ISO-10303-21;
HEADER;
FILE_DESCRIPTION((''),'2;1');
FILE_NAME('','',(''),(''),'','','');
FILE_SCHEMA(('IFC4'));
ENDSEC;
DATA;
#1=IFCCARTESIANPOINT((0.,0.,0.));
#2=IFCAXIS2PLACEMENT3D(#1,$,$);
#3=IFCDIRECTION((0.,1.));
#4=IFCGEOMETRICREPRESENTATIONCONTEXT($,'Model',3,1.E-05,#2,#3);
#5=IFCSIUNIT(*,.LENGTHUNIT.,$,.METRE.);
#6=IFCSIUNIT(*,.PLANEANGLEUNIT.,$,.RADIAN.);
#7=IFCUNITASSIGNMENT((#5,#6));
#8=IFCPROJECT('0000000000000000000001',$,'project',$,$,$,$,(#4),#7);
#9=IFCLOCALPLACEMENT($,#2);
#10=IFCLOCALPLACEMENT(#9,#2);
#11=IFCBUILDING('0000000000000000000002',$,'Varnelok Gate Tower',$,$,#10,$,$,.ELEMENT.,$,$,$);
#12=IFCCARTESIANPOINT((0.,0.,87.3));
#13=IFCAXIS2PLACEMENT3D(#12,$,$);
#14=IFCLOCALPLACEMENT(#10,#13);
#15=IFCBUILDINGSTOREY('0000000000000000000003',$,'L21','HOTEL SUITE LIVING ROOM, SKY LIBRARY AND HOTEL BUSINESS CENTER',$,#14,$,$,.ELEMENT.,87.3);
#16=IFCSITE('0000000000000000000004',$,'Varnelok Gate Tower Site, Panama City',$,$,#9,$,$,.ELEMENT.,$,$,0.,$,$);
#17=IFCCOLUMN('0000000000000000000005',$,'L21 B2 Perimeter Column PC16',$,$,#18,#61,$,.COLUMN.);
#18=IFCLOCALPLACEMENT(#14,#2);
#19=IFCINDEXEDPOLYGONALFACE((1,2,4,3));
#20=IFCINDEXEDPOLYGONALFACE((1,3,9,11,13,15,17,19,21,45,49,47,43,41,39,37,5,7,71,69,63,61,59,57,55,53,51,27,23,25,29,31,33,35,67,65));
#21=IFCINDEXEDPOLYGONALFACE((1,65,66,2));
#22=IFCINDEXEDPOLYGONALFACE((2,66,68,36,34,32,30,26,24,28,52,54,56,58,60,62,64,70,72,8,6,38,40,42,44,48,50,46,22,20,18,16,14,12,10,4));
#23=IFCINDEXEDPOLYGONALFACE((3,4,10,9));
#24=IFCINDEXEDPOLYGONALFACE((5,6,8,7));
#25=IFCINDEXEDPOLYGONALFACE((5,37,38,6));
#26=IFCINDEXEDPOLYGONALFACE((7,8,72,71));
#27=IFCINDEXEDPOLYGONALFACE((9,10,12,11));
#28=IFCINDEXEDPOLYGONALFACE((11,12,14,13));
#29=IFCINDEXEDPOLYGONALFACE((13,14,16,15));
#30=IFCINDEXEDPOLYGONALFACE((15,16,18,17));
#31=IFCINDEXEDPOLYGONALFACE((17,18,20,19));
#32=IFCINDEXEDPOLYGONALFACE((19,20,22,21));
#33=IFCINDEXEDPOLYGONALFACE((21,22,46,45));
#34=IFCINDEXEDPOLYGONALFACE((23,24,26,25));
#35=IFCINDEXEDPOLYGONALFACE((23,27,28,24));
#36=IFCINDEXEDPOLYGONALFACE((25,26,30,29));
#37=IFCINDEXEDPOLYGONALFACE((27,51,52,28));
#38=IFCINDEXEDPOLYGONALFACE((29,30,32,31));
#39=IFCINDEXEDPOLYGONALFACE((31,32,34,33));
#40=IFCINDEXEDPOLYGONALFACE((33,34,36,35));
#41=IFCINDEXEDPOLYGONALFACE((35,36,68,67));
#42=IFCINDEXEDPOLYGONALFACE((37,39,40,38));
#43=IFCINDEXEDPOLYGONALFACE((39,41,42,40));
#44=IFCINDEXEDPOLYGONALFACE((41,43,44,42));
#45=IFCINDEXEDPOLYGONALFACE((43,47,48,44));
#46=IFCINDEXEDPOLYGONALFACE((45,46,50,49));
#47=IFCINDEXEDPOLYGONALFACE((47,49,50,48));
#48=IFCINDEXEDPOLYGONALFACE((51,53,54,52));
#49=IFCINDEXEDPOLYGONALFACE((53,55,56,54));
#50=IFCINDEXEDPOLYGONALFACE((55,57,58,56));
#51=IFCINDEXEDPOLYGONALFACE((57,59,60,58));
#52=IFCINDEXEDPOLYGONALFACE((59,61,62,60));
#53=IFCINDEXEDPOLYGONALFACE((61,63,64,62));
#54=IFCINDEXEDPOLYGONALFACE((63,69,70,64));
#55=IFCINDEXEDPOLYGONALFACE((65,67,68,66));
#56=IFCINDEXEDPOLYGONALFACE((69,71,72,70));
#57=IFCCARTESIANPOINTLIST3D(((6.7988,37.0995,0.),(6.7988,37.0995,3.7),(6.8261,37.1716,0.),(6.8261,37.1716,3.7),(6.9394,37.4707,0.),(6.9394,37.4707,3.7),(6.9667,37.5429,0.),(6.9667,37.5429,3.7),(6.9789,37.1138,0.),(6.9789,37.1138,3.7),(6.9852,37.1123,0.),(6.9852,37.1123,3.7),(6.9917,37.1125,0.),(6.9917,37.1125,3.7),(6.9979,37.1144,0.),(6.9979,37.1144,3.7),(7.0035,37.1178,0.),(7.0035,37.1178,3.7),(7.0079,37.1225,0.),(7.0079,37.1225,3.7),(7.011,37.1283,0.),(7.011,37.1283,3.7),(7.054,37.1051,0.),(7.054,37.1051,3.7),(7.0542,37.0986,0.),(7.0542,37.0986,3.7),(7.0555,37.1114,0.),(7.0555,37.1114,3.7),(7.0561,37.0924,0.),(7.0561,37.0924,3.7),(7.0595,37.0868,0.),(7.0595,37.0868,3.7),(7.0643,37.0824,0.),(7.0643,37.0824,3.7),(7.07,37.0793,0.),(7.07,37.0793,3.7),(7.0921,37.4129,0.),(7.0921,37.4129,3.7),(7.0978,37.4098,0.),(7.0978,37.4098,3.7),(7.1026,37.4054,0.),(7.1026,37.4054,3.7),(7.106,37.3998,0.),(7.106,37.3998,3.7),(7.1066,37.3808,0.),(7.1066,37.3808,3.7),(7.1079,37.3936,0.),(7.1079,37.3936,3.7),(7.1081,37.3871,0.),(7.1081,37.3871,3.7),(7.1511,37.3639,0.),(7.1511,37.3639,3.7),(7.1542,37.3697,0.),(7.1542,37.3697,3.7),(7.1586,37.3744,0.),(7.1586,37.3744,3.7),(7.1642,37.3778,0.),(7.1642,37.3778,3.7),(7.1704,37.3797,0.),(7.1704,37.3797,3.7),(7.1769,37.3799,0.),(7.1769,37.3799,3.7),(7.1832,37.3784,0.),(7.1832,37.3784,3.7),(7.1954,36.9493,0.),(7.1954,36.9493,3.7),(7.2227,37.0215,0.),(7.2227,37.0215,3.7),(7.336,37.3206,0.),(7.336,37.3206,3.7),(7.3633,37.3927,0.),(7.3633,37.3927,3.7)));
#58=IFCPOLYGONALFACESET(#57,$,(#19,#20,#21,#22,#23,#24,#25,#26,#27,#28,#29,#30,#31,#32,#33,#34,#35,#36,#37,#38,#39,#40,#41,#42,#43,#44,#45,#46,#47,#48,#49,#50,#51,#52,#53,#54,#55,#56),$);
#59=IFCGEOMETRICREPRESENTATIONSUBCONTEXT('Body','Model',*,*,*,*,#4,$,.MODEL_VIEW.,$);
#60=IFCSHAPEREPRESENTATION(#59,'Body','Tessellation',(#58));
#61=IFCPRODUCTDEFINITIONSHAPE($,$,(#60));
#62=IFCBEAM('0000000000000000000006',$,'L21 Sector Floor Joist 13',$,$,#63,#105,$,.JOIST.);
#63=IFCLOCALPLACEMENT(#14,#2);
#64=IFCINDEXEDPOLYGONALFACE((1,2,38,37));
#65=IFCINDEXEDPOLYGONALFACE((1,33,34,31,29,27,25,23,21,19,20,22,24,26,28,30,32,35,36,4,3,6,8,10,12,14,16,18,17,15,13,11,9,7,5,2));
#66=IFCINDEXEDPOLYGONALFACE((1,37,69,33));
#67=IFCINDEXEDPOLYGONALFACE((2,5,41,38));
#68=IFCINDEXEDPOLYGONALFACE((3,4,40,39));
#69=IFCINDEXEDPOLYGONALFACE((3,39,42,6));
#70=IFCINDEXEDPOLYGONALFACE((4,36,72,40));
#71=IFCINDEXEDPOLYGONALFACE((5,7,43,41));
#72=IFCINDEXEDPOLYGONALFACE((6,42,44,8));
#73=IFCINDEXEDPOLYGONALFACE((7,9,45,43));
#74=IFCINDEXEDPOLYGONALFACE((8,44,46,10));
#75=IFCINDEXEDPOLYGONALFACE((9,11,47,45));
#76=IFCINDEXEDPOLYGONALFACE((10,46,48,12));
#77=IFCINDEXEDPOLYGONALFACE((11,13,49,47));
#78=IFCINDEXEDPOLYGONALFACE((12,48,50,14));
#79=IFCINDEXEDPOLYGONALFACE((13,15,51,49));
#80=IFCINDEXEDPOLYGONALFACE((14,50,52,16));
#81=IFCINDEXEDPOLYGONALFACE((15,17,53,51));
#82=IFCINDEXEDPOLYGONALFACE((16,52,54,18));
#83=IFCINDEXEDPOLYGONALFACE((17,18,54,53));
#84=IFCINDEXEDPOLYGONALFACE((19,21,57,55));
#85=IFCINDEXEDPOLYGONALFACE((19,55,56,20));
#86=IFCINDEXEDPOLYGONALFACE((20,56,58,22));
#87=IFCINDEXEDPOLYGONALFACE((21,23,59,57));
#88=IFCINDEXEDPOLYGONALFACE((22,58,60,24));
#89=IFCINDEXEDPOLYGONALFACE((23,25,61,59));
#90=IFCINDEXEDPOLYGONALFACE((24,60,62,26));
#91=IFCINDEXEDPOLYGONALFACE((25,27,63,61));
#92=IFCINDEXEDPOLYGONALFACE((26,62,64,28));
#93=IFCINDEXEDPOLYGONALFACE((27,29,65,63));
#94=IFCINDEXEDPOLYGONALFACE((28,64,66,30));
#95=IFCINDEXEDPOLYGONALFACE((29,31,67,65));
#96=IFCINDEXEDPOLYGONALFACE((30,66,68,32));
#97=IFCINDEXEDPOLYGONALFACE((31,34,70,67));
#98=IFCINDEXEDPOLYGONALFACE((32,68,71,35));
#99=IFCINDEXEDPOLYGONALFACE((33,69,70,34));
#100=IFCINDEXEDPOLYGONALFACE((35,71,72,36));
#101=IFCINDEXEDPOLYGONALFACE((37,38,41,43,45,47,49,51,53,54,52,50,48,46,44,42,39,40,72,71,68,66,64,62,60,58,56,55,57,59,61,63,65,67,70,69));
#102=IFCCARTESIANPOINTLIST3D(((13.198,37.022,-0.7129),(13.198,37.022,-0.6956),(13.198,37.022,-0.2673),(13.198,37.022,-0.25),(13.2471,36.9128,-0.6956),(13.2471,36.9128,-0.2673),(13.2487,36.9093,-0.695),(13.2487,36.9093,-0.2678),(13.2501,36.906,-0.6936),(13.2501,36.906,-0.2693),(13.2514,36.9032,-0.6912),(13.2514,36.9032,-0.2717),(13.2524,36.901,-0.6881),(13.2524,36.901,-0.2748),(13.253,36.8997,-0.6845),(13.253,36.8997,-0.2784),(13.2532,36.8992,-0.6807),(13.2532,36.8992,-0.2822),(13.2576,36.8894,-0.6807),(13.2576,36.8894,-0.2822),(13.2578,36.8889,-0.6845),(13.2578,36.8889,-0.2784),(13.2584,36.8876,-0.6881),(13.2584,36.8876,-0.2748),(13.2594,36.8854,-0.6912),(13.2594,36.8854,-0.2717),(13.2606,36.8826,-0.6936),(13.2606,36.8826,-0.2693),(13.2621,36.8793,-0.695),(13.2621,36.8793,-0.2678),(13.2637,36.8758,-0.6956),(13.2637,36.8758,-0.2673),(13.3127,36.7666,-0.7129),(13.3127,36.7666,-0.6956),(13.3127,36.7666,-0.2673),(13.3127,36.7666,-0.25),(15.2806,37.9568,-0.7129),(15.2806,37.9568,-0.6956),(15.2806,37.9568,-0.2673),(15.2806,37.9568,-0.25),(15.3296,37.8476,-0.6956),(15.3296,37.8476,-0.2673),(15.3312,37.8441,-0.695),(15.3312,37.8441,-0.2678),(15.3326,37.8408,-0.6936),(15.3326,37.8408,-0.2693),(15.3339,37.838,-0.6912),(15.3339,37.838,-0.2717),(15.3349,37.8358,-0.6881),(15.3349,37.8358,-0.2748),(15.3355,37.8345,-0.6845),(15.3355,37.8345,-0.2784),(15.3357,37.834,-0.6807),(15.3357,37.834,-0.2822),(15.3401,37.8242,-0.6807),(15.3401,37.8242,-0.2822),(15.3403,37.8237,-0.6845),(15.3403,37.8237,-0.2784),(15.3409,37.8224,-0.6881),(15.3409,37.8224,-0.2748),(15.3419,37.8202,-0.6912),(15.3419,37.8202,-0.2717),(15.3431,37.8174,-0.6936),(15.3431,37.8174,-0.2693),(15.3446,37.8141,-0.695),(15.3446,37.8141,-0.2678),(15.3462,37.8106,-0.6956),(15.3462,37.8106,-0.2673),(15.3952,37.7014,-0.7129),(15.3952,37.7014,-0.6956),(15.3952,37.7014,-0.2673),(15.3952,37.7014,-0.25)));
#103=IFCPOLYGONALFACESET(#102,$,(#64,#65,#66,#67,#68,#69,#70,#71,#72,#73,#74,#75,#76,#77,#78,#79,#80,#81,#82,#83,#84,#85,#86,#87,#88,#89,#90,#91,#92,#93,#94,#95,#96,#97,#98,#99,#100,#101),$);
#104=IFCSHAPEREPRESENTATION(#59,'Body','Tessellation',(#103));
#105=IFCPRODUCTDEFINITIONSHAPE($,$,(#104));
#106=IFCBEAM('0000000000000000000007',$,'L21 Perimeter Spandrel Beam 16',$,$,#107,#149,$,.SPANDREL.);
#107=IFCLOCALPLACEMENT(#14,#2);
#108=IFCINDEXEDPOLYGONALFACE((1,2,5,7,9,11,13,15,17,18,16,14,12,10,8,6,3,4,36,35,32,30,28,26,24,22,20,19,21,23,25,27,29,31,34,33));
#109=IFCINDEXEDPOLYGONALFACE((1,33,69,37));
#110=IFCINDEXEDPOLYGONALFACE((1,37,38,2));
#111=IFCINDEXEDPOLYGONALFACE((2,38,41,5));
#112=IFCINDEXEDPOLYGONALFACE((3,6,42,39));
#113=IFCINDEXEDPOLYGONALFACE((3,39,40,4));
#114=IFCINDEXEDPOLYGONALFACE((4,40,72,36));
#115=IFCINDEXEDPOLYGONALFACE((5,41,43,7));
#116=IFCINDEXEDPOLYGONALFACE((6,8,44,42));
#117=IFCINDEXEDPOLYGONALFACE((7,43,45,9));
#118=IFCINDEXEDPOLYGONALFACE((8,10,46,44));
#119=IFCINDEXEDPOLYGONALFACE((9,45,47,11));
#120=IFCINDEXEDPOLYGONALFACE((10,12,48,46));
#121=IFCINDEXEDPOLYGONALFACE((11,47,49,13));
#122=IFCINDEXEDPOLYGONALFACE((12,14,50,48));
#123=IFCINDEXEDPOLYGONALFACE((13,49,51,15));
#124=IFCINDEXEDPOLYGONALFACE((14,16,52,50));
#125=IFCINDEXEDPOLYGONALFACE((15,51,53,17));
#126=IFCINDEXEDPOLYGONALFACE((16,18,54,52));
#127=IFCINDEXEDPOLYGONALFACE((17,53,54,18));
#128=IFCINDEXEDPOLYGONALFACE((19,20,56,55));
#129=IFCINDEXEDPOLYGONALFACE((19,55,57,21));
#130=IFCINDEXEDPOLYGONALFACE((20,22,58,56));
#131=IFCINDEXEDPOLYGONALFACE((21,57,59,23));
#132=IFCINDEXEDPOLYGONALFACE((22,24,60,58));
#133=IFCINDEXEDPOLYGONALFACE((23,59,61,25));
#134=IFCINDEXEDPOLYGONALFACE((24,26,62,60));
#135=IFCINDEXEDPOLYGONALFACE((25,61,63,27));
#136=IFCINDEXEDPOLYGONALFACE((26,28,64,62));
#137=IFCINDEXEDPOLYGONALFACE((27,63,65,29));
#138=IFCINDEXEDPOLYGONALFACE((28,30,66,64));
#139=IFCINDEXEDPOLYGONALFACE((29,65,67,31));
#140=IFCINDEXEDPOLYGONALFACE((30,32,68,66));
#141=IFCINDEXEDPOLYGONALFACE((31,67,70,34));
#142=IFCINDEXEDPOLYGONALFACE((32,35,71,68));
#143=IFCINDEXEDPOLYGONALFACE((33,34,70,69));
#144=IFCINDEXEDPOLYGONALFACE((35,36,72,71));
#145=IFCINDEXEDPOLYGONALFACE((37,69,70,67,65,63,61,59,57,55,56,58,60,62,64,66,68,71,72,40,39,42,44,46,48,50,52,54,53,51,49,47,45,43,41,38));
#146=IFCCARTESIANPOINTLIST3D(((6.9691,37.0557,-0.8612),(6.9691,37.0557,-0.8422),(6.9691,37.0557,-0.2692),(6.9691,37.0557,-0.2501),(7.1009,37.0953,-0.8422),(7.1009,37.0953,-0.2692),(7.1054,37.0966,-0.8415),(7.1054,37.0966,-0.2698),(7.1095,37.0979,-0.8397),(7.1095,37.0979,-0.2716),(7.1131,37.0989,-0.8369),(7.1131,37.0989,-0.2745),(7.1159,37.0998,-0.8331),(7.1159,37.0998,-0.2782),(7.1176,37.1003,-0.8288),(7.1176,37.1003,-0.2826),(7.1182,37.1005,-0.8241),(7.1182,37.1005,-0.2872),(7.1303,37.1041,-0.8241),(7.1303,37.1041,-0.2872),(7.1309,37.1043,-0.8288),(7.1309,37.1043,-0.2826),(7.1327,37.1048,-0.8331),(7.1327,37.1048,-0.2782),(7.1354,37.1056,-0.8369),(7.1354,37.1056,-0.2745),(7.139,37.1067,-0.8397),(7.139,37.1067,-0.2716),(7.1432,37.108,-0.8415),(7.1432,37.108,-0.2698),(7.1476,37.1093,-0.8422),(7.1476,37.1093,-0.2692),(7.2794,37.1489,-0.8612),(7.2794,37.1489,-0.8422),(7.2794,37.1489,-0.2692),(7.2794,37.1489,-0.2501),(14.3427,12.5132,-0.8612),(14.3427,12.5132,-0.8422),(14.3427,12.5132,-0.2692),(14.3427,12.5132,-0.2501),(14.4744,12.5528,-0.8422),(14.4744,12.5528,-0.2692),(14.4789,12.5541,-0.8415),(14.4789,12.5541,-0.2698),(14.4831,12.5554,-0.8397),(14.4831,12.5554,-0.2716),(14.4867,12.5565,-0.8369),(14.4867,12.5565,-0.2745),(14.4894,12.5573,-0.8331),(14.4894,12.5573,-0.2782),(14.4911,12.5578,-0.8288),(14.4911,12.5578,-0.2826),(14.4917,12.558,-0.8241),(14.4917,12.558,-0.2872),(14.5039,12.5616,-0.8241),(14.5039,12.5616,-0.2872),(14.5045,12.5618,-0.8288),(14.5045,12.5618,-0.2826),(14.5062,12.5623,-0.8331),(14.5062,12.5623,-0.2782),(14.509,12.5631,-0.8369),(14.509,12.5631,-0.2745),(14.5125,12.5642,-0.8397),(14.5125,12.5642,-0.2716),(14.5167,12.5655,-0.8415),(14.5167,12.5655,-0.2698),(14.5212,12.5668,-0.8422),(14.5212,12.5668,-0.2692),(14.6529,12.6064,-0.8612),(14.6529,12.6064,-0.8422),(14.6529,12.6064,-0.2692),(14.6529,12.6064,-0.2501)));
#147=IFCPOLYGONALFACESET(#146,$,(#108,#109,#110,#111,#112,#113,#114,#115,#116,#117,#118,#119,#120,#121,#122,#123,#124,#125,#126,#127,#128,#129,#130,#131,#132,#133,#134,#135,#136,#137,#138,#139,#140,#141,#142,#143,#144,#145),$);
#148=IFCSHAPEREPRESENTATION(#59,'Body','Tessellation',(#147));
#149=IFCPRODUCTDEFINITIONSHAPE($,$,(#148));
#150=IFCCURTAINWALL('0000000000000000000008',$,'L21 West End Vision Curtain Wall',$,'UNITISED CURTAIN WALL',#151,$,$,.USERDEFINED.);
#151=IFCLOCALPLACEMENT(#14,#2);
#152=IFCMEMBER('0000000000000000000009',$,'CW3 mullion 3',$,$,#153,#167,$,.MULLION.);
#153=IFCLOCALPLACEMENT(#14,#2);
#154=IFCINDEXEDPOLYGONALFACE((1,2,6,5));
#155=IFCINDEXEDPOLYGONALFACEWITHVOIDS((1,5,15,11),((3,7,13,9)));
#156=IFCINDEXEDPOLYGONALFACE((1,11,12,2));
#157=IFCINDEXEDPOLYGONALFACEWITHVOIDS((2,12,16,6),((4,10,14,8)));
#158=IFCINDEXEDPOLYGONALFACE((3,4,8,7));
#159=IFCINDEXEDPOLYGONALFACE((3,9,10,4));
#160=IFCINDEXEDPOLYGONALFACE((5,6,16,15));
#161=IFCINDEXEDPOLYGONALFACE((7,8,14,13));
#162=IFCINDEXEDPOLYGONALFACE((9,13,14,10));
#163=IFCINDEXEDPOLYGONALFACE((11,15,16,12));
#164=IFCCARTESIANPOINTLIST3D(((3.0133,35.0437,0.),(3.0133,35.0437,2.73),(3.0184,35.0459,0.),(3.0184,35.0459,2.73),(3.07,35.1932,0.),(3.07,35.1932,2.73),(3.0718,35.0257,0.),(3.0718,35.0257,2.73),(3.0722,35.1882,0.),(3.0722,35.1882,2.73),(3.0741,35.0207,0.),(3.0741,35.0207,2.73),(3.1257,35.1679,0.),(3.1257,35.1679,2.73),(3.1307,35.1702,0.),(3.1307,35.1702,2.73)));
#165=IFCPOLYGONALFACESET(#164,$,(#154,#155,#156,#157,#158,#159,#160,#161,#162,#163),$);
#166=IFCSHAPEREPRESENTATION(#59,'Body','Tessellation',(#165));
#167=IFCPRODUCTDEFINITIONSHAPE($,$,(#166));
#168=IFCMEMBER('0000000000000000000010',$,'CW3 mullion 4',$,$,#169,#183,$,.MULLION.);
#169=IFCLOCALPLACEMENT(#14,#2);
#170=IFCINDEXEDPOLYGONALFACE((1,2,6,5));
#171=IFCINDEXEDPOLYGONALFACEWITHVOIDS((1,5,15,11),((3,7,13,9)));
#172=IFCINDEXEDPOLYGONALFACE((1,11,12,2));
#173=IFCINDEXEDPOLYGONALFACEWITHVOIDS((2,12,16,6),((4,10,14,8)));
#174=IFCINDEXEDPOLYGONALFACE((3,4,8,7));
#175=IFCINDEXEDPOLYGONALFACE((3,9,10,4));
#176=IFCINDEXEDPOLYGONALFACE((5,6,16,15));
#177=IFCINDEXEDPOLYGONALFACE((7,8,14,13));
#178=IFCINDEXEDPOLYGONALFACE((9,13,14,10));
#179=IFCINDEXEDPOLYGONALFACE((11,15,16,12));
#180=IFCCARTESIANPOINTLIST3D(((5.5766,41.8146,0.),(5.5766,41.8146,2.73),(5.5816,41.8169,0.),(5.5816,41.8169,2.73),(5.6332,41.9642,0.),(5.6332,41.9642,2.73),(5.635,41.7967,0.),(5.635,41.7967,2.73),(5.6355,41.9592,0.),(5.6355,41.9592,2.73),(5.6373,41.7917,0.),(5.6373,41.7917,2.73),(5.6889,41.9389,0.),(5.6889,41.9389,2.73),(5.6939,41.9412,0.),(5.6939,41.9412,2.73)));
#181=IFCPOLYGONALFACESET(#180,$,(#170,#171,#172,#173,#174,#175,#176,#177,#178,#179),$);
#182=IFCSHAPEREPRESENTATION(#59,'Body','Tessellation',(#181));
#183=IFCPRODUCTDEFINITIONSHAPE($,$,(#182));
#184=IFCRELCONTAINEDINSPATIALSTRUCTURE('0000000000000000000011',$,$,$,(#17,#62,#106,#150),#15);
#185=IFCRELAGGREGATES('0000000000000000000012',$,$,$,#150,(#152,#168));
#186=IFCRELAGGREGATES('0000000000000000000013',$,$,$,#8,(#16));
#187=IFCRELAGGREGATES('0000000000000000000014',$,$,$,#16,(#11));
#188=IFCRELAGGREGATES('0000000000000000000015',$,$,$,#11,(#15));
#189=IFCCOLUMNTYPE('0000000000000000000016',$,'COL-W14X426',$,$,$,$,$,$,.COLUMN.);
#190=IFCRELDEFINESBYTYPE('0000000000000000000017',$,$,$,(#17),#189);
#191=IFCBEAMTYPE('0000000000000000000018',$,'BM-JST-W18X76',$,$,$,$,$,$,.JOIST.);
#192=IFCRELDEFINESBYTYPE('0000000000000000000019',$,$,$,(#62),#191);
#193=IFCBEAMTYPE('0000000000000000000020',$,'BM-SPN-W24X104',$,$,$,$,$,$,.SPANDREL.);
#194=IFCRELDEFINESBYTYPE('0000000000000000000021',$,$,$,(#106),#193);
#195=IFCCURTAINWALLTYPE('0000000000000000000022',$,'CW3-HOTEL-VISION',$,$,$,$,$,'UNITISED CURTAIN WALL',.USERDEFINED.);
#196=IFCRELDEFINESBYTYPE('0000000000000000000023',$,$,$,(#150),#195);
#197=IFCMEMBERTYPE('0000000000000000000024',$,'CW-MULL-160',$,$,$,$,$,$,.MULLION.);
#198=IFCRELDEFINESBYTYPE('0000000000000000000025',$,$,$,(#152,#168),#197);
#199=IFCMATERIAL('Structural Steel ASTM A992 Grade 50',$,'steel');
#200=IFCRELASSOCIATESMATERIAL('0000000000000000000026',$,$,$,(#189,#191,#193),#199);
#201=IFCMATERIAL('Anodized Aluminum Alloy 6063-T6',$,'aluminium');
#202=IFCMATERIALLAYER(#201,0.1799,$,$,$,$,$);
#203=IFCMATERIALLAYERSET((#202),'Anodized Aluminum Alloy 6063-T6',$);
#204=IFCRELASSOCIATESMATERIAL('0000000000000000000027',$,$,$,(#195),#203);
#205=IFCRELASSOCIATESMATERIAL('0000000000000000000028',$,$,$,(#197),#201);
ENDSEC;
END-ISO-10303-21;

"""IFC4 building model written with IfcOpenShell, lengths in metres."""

from ifc_helpers import new_model, si_unit, direction, frame, origin, origin_2d, place, context, subcontext, project, spatial, hollow_rectangle, i_section, extrude, material, layer, layer_set, material_profile, profile_set, type_object, element, aggregate, save


model = new_model("IFC4")

# Units and contexts
model_context = context("Model", 3, precision=1e-05, world=origin(), true_north=direction((0.0, 1.0)))
body_context = subcontext(model_context, "Body", "Model", "MODEL_VIEW")
ifc_project = project(units=[si_unit("LENGTHUNIT", "METRE"), si_unit("PLANEANGLEUNIT", "RADIAN")], contexts=[model_context])

# Site, building, storey
site_placement = place(None, origin())
site = spatial("IfcSite", under=ifc_project, at=site_placement, Name="Varnelok Gate Tower Site, Panama City", CompositionType="ELEMENT", RefElevation=0.0)
building_placement = place(site_placement, origin())
building = spatial("IfcBuilding", under=site, at=building_placement, Name="Varnelok Gate Tower", CompositionType="ELEMENT")
storey_placement = place(building_placement, frame((0.0, 0.0, 87.3)))
storey = spatial("IfcBuildingStorey", under=building, at=storey_placement, Name="L21", Description="HOTEL SUITE LIVING ROOM, SKY LIBRARY AND HOTEL BUSINESS CENTER", CompositionType="ELEMENT", Elevation=87.3)

# Column
ifc_material_1 = material(Name="Structural Steel ASTM A992 Grade 50", Category="steel")
ifc_material_profile_1 = material_profile(ifc_material_1, i_section(OverallWidth=0.4241, OverallDepth=0.4741, WebThickness=0.0476, FlangeThickness=0.0771, FilletRadius=0.0249, at=origin_2d()), Name="W14X426")
ifc_profile_set_1 = profile_set([ifc_material_profile_1], Name="Structural Steel ASTM A992 Grade 50")
column_type = type_object("IfcColumnType", Name="COL-W14X426", PredefinedType="COLUMN", material=ifc_profile_set_1)
column_placement = place(storey_placement, frame((7.0811, 37.2461, 0.0), z_axis=(0.0, 0.0, 1.0), x_axis=(0.935222, -0.354063, 0.0)))
element("IfcColumn", 1, at=column_placement, inside=storey, type_object=column_type, Name="L21 B2 Perimeter Column PC16", PredefinedType="COLUMN", context=body_context, shape_type="SweptSolid", body=[
    extrude(i_section(OverallWidth=0.4241, OverallDepth=0.4741, WebThickness=0.0476, FlangeThickness=0.0771, FilletRadius=0.0249, at=origin_2d()), origin(), (0.0, 0.0, 1.0), 3.7),
])

# Beams
ifc_material_profile_2 = material_profile(ifc_material_1, i_section(OverallWidth=0.28, OverallDepth=0.4629, WebThickness=0.0107, FlangeThickness=0.0173, FilletRadius=0.0149, at=origin_2d()), Name="W18X76")
ifc_profile_set_2 = profile_set([ifc_material_profile_2], Name="Structural Steel ASTM A992 Grade 50")
beam_type_1 = type_object("IfcBeamType", Name="BM-JST-W18X76", PredefinedType="JOIST", material=ifc_profile_set_2)
beam_1_placement = place(storey_placement, frame((13.2554, 36.8943, -0.4814), z_axis=(0.912301, 0.40952, 0.0), x_axis=(-0.40952, 0.912301, 0.0)))
element("IfcBeam", 2, at=beam_1_placement, inside=storey, type_object=beam_type_1, Name="L21 Sector Floor Joist 13", PredefinedType="JOIST", context=body_context, shape_type="SweptSolid", body=[
    extrude(i_section(OverallWidth=0.28, OverallDepth=0.4629, WebThickness=0.0107, FlangeThickness=0.0173, FilletRadius=0.0149, at=origin_2d()), origin(), (0.0, 0.0, 1.0), 2.2827),
])
ifc_material_profile_3 = material_profile(ifc_material_1, i_section(OverallWidth=0.324, OverallDepth=0.6111, WebThickness=0.0127, FlangeThickness=0.019, FilletRadius=0.0181, at=origin_2d()), Name="W24X104")
ifc_profile_set_3 = profile_set([ifc_material_profile_3], Name="Structural Steel ASTM A992 Grade 50")
beam_type_2 = type_object("IfcBeamType", Name="BM-SPN-W24X104", PredefinedType="SPANDREL", material=ifc_profile_set_3)
beam_2_placement = place(storey_placement, frame((7.1243, 37.1023, -0.5557), z_axis=(0.287734, -0.95771, 0.0), x_axis=(0.95771, 0.287734, 0.0)))
element("IfcBeam", 3, at=beam_2_placement, inside=storey, type_object=beam_type_2, Name="L21 Perimeter Spandrel Beam 16", PredefinedType="SPANDREL", context=body_context, shape_type="SweptSolid", body=[
    extrude(i_section(OverallWidth=0.324, OverallDepth=0.6111, WebThickness=0.0127, FlangeThickness=0.019, FilletRadius=0.0181, at=origin_2d()), origin(), (0.0, 0.0, 1.0), 25.6262),
])

# Curtain wall, members
ifc_material_2 = material(Name="Anodized Aluminum Alloy 6063-T6", Category="aluminium")
ifc_layer_1 = layer(ifc_material_2, 0.1799)
ifc_layer_set_1 = layer_set([ifc_layer_1], Name="Anodized Aluminum Alloy 6063-T6")
curtain_wall_type = type_object("IfcCurtainWallType", Name="CW3-HOTEL-VISION", ElementType="UNITISED CURTAIN WALL", PredefinedType="USERDEFINED", material=ifc_layer_set_1)
curtain_wall_placement = place(storey_placement, origin())
curtain_wall = element("IfcCurtainWall", 4, at=curtain_wall_placement, inside=storey, type_object=curtain_wall_type, Name="L21 West End Vision Curtain Wall", ObjectType="UNITISED CURTAIN WALL", PredefinedType="USERDEFINED")
ifc_material_profile_4 = material_profile(ifc_material_2, hollow_rectangle(XDim=0.0649, YDim=0.1599, WallThickness=0.0039, at=origin_2d()), Name="ALU160X65X4")
ifc_profile_set_4 = profile_set([ifc_material_profile_4], Name="Anodized Aluminum Alloy 6063-T6")
member_type_1 = type_object("IfcMemberType", Name="CW-MULL-160", PredefinedType="MULLION", material=ifc_profile_set_4)
member_1_placement = place(storey_placement, frame((3.072, 35.1069, 0.0), z_axis=(0.0, 0.0, 1.0), x_axis=(-0.935221, 0.354064, 0.0)))
member_1 = element("IfcMember", 5, at=member_1_placement, type_object=member_type_1, Name="CW3 mullion 3", PredefinedType="MULLION", context=body_context, shape_type="SweptSolid", body=[
    extrude(hollow_rectangle(XDim=0.0649, YDim=0.1599, WallThickness=0.0039, at=origin_2d()), origin(), (0.0, 0.0, 1.0), 2.73),
])
member_2_placement = place(storey_placement, frame((5.6353, 41.8779, 0.0), z_axis=(0.0, 0.0, 1.0), x_axis=(-0.935221, 0.354064, 0.0)))
member_2 = element("IfcMember", 6, at=member_2_placement, type_object=member_type_1, Name="CW3 mullion 4", PredefinedType="MULLION", context=body_context, shape_type="SweptSolid", body=[
    extrude(hollow_rectangle(XDim=0.0649, YDim=0.1599, WallThickness=0.0039, at=origin_2d()), origin(), (0.0, 0.0, 1.0), 2.73),
])
aggregate(curtain_wall, [member_1, member_2])

save(model, "model.ifc")
